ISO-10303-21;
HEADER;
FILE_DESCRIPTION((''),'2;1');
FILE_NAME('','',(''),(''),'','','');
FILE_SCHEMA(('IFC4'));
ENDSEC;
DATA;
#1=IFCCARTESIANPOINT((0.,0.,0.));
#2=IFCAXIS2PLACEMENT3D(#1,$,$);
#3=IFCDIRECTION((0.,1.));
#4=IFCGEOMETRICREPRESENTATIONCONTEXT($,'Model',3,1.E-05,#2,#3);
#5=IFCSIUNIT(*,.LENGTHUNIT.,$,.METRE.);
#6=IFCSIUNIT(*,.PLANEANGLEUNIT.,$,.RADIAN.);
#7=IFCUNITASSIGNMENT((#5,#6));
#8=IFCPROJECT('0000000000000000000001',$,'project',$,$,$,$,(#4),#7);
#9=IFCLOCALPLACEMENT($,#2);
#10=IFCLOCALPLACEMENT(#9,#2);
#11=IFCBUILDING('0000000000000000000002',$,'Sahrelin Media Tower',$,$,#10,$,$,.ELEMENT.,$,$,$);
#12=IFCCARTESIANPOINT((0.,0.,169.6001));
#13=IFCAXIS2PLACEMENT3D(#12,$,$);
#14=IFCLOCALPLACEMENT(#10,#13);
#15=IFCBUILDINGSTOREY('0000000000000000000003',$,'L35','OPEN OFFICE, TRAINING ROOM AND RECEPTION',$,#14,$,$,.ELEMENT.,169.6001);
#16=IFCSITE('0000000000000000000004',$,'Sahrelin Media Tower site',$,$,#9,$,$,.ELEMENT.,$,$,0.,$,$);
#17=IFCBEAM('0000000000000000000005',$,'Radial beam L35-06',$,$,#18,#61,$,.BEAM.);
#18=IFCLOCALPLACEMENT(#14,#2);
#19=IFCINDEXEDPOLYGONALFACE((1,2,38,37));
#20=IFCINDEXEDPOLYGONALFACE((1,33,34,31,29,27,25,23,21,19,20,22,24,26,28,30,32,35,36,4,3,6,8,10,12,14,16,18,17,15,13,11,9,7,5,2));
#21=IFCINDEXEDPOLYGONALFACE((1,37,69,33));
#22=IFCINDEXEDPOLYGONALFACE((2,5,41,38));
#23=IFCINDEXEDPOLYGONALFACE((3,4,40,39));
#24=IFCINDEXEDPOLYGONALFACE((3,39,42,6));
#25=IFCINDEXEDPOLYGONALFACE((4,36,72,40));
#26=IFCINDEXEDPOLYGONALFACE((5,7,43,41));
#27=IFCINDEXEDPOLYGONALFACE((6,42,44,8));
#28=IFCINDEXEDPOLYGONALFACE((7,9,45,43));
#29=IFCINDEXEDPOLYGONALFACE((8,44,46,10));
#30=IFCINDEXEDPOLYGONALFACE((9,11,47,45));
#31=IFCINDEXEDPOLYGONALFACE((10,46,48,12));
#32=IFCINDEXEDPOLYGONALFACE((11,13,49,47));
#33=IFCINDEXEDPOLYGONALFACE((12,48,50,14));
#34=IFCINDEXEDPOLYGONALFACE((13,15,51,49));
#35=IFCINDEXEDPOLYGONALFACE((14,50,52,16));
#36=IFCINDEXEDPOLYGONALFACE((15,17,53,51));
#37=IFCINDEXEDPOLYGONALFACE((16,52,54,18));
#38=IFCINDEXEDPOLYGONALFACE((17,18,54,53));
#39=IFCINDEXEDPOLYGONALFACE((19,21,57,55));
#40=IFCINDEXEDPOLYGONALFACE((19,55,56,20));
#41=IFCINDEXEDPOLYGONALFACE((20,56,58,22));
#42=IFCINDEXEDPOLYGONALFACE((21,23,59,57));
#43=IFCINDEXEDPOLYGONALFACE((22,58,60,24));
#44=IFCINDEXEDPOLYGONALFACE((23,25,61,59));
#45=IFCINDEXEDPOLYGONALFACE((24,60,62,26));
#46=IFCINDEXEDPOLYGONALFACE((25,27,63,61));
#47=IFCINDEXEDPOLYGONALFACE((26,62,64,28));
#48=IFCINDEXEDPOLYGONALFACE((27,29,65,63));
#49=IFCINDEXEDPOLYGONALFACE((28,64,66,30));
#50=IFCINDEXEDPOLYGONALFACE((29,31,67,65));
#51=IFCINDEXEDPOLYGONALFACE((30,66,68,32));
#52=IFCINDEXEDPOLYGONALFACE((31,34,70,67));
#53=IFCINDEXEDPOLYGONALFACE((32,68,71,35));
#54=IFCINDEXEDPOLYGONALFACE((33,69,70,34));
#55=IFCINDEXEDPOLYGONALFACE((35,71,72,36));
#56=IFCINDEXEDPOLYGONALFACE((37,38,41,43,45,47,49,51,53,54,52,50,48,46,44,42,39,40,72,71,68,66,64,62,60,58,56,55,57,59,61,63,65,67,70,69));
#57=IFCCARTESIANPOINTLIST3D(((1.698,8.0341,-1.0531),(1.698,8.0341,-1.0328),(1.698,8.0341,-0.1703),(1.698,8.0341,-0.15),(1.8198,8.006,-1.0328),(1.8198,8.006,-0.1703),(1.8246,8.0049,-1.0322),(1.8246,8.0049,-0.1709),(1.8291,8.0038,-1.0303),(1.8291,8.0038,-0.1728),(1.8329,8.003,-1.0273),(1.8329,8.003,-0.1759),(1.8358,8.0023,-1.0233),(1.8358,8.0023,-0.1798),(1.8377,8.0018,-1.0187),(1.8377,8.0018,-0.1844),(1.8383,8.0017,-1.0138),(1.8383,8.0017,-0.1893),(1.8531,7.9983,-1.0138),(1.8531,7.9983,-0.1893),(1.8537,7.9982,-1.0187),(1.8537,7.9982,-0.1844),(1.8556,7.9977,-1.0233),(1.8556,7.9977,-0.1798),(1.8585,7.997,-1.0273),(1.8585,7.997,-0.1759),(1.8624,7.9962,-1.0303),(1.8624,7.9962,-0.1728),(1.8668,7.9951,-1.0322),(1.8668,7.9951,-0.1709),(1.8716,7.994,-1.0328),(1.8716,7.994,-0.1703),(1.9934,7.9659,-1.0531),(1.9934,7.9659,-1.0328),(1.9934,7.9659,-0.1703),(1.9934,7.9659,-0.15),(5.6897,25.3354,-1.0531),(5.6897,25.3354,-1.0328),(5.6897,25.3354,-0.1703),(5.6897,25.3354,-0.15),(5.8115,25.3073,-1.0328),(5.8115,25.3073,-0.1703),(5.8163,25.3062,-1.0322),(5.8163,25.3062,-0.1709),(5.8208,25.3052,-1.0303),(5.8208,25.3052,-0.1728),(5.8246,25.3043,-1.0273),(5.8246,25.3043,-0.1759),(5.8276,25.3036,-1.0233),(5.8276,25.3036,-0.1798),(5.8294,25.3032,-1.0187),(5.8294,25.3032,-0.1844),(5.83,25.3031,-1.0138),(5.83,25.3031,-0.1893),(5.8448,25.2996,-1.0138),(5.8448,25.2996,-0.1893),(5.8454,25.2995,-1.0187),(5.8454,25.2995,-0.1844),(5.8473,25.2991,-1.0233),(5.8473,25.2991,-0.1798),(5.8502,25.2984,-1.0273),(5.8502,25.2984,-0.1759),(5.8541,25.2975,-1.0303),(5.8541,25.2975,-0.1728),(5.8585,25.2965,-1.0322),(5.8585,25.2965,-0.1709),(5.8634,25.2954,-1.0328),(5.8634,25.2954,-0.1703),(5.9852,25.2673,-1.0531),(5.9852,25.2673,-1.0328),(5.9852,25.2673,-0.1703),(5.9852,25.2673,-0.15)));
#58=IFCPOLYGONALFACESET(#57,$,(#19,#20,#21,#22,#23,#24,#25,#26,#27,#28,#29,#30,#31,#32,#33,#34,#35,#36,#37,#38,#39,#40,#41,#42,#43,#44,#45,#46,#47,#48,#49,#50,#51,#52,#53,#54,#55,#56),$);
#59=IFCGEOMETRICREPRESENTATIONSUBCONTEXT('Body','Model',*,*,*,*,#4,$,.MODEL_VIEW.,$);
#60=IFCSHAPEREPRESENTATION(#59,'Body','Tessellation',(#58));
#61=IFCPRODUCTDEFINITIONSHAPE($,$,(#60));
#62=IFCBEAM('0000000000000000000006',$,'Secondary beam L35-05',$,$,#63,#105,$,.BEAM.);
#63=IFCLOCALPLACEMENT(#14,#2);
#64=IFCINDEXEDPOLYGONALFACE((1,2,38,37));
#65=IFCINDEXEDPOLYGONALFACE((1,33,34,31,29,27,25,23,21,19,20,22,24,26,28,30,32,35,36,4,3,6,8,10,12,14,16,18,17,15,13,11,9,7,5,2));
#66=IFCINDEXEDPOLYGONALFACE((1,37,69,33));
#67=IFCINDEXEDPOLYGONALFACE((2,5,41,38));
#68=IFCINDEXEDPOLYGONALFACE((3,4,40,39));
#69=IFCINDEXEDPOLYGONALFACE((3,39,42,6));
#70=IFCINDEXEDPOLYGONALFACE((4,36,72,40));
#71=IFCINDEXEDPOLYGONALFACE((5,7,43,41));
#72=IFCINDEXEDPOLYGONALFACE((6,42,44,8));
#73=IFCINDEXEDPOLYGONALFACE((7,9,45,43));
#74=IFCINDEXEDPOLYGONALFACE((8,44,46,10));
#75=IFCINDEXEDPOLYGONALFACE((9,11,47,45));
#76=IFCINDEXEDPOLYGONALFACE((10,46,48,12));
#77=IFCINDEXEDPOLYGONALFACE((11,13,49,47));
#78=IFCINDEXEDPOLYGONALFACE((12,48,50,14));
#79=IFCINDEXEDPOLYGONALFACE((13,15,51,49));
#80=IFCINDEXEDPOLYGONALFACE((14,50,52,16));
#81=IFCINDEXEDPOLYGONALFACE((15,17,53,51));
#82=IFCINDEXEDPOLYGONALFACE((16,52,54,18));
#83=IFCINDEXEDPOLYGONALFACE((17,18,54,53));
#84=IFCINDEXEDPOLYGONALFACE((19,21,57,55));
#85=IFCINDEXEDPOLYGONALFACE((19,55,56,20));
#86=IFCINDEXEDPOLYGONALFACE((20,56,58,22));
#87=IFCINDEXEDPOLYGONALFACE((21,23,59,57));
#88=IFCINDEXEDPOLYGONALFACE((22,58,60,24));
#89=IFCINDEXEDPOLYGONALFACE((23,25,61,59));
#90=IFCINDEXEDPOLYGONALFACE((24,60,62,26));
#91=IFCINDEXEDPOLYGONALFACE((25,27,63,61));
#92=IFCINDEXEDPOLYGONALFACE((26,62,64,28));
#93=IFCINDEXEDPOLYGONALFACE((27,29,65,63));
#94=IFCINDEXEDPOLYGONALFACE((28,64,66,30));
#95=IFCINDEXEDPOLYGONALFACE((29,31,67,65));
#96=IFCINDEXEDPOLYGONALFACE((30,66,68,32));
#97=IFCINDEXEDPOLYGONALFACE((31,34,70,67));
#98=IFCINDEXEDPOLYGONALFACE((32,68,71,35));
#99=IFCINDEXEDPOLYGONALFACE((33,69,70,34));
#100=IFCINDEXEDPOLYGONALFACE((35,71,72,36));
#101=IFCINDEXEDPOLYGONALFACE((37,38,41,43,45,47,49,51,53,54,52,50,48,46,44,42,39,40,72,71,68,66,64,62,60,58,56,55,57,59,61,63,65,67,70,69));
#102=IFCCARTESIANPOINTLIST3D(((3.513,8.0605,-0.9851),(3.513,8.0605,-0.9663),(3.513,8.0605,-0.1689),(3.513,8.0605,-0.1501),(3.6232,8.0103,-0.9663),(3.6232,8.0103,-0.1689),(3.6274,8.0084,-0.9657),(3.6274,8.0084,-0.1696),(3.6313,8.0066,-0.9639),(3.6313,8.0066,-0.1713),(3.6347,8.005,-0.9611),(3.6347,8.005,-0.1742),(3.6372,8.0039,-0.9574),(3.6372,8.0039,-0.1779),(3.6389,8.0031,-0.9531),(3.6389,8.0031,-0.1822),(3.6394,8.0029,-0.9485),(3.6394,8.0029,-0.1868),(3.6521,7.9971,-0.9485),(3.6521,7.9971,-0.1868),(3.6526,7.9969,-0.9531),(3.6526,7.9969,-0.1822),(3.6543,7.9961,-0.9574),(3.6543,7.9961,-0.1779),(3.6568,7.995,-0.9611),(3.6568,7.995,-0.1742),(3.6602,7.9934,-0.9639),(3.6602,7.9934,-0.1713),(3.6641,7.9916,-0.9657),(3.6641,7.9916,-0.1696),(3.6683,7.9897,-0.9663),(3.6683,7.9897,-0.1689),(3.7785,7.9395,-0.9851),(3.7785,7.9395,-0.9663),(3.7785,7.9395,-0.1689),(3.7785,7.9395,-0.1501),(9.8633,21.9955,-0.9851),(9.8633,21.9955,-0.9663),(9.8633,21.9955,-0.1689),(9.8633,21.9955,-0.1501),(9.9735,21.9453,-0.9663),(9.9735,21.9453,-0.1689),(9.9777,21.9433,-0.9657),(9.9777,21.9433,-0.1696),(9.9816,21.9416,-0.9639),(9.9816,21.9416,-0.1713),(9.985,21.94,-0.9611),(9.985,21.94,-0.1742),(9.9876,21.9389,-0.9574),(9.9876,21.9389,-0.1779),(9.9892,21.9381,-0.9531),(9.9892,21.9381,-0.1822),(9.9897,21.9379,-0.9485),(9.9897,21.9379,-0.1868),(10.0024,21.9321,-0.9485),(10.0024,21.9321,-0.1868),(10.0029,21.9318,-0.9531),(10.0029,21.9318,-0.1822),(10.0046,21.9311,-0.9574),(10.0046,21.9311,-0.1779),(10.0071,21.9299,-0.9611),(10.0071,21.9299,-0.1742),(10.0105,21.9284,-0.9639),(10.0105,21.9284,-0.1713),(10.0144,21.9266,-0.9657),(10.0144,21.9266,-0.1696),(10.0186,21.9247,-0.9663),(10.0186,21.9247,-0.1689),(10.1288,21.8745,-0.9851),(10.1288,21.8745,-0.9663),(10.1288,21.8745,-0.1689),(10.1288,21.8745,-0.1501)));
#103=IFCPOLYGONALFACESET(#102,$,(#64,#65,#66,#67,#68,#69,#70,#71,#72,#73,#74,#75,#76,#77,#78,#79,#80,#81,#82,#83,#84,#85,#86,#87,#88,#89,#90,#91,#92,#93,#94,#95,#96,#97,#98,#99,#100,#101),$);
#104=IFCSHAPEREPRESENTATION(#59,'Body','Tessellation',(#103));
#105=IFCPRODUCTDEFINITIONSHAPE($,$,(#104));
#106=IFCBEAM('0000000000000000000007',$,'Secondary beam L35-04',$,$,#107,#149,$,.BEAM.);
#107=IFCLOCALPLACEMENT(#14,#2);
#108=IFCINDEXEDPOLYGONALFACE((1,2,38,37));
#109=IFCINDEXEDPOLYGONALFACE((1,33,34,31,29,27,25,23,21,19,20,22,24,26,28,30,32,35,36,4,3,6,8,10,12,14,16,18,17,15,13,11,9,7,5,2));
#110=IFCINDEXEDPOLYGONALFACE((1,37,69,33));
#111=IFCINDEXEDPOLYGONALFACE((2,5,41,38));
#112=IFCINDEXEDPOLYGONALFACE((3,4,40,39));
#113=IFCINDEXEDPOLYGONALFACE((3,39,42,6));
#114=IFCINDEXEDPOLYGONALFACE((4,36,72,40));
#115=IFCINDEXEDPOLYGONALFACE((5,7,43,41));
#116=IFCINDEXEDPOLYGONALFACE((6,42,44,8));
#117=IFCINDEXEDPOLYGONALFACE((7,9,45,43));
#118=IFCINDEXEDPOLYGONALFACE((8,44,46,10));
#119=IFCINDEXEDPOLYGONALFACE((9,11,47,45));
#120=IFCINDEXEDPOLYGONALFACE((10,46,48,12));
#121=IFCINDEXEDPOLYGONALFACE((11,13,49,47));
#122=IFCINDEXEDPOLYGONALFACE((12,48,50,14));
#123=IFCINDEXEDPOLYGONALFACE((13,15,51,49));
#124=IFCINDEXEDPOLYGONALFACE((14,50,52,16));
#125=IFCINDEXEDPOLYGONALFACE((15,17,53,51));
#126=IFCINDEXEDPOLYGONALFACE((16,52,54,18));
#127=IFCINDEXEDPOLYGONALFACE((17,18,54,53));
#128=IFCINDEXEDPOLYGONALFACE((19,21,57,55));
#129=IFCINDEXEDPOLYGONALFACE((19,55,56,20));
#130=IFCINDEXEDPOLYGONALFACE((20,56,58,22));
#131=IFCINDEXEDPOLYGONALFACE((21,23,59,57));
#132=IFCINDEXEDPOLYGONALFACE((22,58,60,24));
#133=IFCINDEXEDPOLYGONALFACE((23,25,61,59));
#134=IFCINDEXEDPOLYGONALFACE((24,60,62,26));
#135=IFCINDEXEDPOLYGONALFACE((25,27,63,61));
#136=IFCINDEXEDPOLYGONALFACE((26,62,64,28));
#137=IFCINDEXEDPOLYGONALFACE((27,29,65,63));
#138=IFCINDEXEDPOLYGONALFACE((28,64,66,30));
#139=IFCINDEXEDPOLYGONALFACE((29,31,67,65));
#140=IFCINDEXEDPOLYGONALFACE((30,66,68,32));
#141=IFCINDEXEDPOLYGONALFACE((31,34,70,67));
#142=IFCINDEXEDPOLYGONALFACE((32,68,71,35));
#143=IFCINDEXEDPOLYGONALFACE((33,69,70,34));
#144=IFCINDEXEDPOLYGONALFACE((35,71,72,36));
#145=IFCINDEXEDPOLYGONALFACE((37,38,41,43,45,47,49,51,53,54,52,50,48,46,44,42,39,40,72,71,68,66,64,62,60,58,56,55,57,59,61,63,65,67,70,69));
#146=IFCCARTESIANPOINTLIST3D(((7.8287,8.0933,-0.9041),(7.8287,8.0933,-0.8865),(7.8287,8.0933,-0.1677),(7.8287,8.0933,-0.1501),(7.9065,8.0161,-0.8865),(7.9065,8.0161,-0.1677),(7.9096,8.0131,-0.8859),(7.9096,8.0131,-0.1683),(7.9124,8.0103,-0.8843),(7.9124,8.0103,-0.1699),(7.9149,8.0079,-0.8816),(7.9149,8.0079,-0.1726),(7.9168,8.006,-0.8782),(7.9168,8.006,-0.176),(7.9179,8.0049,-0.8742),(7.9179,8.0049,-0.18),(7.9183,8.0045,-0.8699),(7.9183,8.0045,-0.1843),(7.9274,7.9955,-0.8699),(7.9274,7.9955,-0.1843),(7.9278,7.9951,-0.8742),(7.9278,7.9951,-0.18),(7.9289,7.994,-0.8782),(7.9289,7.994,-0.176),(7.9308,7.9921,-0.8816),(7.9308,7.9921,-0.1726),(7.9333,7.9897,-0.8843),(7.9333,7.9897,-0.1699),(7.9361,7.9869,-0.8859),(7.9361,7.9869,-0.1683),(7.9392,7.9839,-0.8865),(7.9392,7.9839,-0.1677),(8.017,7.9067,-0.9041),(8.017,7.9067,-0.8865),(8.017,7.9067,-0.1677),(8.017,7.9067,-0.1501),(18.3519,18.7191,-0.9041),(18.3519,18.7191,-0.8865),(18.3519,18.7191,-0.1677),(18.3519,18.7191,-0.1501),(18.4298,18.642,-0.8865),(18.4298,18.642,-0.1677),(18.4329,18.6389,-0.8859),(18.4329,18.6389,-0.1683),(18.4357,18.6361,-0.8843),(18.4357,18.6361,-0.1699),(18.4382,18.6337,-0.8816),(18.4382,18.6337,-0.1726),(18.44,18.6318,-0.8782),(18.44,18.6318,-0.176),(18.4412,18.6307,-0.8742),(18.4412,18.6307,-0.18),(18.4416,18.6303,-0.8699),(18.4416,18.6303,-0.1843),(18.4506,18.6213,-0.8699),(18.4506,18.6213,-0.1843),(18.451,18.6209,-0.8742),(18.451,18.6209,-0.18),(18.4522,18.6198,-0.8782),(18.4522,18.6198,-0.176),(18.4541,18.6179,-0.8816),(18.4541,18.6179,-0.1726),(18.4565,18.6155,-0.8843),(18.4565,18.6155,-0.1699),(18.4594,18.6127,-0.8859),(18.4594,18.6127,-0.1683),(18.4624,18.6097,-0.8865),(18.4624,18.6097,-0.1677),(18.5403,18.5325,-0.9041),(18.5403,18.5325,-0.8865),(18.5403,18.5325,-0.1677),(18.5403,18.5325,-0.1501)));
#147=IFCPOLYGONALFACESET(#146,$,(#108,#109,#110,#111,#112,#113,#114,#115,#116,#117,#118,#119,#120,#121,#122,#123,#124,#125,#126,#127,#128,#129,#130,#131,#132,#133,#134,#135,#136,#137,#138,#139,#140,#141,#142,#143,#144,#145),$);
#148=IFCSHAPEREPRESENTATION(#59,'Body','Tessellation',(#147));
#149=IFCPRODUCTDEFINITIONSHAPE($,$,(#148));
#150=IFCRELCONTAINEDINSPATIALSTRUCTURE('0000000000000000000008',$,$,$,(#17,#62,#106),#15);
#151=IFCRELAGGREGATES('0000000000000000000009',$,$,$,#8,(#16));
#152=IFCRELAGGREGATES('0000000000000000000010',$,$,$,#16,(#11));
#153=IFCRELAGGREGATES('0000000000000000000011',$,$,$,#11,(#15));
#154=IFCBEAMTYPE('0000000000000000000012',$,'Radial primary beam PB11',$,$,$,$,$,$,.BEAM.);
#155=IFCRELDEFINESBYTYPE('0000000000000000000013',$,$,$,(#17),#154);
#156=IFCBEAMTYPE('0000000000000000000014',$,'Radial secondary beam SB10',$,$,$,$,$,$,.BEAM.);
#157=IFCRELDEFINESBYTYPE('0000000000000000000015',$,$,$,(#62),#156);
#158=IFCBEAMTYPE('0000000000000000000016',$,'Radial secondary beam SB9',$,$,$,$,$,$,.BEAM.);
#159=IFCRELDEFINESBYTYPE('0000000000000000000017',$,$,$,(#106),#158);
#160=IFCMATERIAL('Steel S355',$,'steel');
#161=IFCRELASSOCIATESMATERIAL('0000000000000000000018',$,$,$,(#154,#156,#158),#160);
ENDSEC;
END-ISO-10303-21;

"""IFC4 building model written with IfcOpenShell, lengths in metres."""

from ifc_helpers import new_model, si_unit, direction, frame, origin, origin_2d, place, context, subcontext, project, spatial, i_section, extrude, material, material_profile, profile_set, type_object, element, save


model = new_model("IFC4")

# Units and contexts
model_context = context("Model", 3, precision=1e-05, world=origin(), true_north=direction((0.0, 1.0)))
body_context = subcontext(model_context, "Body", "Model", "MODEL_VIEW")
ifc_project = project(units=[si_unit("LENGTHUNIT", "METRE"), si_unit("PLANEANGLEUNIT", "RADIAN")], contexts=[model_context])

# Site, building, storey
site_placement = place(None, origin())
site = spatial("IfcSite", under=ifc_project, at=site_placement, Name="Sahrelin Media Tower site", CompositionType="ELEMENT", RefElevation=0.0)
building_placement = place(site_placement, origin())
building = spatial("IfcBuilding", under=site, at=building_placement, Name="Sahrelin Media Tower", CompositionType="ELEMENT")
storey_placement = place(building_placement, frame((0.0, 0.0, 169.6001)))
storey = spatial("IfcBuildingStorey", under=building, at=storey_placement, Name="L35", Description="OPEN OFFICE, TRAINING ROOM AND RECEPTION", CompositionType="ELEMENT", Elevation=169.6001)

# Shared definitions
ifc_material_1 = material(Name="Steel S355", Category="steel")

# Beams
ifc_material_profile_1 = material_profile(ifc_material_1, i_section(OverallWidth=0.3032, OverallDepth=0.9031, WebThickness=0.0151, FlangeThickness=0.0203, FilletRadius=0.019, at=origin_2d()), Name="UB 914x305x201")
ifc_profile_set_1 = profile_set([ifc_material_profile_1], Name="Steel S355")
beam_type_1 = type_object("IfcBeamType", Name="Radial primary beam PB11", PredefinedType="BEAM", material=ifc_profile_set_1)
beam_1_placement = place(storey_placement, frame((1.8457, 8.0, -0.6016), z_axis=(0.224811, 0.974402, 0.0), x_axis=(-0.974402, 0.224811, 0.0)))
element("IfcBeam", 1, at=beam_1_placement, inside=storey, type_object=beam_type_1, Name="Radial beam L35-06", PredefinedType="BEAM", context=body_context, shape_type="SweptSolid", body=[
    extrude(i_section(OverallWidth=0.3032, OverallDepth=0.9031, WebThickness=0.0151, FlangeThickness=0.0203, FilletRadius=0.019, at=origin_2d()), origin(), (0.0, 0.0, 1.0), 17.7559),
])
ifc_material_profile_2 = material_profile(ifc_material_1, i_section(OverallWidth=0.2917, OverallDepth=0.835, WebThickness=0.0139, FlangeThickness=0.0188, FilletRadius=0.0178, at=origin_2d()), Name="UB 838x292x176")
ifc_profile_set_2 = profile_set([ifc_material_profile_2], Name="Steel S355")
beam_type_2 = type_object("IfcBeamType", Name="Radial secondary beam SB10", PredefinedType="BEAM", material=ifc_profile_set_2)
beam_2_placement = place(storey_placement, frame((3.6458, 8.0, -0.5676), z_axis=(0.414681, 0.909967, 0.0), x_axis=(-0.909967, 0.414681, 0.0)))
element("IfcBeam", 2, at=beam_2_placement, inside=storey, type_object=beam_type_2, Name="Secondary beam L35-05", PredefinedType="BEAM", context=body_context, shape_type="SweptSolid", body=[
    extrude(i_section(OverallWidth=0.2917, OverallDepth=0.835, WebThickness=0.0139, FlangeThickness=0.0188, FilletRadius=0.0178, at=origin_2d()), origin(), (0.0, 0.0, 1.0), 15.3137),
])
ifc_material_profile_3 = material_profile(ifc_material_1, i_section(OverallWidth=0.2651, OverallDepth=0.7539, WebThickness=0.0127, FlangeThickness=0.0176, FilletRadius=0.0166, at=origin_2d()), Name="UB 762x267x147")
ifc_profile_set_3 = profile_set([ifc_material_profile_3], Name="Steel S355")
beam_type_3 = type_object("IfcBeamType", Name="Radial secondary beam SB9", PredefinedType="BEAM", material=ifc_profile_set_3)
beam_3_placement = place(storey_placement, frame((7.9229, 8.0, -0.5271), z_axis=(0.70367, 0.710527, 0.0), x_axis=(-0.710527, 0.70367, 0.0)))
element("IfcBeam", 3, at=beam_3_placement, inside=storey, type_object=beam_type_3, Name="Secondary beam L35-04", PredefinedType="BEAM", context=body_context, shape_type="SweptSolid", body=[
    extrude(i_section(OverallWidth=0.2651, OverallDepth=0.7539, WebThickness=0.0127, FlangeThickness=0.0176, FilletRadius=0.0166, at=origin_2d()), origin(), (0.0, 0.0, 1.0), 14.9548),
])

save(model, "model.ifc")
